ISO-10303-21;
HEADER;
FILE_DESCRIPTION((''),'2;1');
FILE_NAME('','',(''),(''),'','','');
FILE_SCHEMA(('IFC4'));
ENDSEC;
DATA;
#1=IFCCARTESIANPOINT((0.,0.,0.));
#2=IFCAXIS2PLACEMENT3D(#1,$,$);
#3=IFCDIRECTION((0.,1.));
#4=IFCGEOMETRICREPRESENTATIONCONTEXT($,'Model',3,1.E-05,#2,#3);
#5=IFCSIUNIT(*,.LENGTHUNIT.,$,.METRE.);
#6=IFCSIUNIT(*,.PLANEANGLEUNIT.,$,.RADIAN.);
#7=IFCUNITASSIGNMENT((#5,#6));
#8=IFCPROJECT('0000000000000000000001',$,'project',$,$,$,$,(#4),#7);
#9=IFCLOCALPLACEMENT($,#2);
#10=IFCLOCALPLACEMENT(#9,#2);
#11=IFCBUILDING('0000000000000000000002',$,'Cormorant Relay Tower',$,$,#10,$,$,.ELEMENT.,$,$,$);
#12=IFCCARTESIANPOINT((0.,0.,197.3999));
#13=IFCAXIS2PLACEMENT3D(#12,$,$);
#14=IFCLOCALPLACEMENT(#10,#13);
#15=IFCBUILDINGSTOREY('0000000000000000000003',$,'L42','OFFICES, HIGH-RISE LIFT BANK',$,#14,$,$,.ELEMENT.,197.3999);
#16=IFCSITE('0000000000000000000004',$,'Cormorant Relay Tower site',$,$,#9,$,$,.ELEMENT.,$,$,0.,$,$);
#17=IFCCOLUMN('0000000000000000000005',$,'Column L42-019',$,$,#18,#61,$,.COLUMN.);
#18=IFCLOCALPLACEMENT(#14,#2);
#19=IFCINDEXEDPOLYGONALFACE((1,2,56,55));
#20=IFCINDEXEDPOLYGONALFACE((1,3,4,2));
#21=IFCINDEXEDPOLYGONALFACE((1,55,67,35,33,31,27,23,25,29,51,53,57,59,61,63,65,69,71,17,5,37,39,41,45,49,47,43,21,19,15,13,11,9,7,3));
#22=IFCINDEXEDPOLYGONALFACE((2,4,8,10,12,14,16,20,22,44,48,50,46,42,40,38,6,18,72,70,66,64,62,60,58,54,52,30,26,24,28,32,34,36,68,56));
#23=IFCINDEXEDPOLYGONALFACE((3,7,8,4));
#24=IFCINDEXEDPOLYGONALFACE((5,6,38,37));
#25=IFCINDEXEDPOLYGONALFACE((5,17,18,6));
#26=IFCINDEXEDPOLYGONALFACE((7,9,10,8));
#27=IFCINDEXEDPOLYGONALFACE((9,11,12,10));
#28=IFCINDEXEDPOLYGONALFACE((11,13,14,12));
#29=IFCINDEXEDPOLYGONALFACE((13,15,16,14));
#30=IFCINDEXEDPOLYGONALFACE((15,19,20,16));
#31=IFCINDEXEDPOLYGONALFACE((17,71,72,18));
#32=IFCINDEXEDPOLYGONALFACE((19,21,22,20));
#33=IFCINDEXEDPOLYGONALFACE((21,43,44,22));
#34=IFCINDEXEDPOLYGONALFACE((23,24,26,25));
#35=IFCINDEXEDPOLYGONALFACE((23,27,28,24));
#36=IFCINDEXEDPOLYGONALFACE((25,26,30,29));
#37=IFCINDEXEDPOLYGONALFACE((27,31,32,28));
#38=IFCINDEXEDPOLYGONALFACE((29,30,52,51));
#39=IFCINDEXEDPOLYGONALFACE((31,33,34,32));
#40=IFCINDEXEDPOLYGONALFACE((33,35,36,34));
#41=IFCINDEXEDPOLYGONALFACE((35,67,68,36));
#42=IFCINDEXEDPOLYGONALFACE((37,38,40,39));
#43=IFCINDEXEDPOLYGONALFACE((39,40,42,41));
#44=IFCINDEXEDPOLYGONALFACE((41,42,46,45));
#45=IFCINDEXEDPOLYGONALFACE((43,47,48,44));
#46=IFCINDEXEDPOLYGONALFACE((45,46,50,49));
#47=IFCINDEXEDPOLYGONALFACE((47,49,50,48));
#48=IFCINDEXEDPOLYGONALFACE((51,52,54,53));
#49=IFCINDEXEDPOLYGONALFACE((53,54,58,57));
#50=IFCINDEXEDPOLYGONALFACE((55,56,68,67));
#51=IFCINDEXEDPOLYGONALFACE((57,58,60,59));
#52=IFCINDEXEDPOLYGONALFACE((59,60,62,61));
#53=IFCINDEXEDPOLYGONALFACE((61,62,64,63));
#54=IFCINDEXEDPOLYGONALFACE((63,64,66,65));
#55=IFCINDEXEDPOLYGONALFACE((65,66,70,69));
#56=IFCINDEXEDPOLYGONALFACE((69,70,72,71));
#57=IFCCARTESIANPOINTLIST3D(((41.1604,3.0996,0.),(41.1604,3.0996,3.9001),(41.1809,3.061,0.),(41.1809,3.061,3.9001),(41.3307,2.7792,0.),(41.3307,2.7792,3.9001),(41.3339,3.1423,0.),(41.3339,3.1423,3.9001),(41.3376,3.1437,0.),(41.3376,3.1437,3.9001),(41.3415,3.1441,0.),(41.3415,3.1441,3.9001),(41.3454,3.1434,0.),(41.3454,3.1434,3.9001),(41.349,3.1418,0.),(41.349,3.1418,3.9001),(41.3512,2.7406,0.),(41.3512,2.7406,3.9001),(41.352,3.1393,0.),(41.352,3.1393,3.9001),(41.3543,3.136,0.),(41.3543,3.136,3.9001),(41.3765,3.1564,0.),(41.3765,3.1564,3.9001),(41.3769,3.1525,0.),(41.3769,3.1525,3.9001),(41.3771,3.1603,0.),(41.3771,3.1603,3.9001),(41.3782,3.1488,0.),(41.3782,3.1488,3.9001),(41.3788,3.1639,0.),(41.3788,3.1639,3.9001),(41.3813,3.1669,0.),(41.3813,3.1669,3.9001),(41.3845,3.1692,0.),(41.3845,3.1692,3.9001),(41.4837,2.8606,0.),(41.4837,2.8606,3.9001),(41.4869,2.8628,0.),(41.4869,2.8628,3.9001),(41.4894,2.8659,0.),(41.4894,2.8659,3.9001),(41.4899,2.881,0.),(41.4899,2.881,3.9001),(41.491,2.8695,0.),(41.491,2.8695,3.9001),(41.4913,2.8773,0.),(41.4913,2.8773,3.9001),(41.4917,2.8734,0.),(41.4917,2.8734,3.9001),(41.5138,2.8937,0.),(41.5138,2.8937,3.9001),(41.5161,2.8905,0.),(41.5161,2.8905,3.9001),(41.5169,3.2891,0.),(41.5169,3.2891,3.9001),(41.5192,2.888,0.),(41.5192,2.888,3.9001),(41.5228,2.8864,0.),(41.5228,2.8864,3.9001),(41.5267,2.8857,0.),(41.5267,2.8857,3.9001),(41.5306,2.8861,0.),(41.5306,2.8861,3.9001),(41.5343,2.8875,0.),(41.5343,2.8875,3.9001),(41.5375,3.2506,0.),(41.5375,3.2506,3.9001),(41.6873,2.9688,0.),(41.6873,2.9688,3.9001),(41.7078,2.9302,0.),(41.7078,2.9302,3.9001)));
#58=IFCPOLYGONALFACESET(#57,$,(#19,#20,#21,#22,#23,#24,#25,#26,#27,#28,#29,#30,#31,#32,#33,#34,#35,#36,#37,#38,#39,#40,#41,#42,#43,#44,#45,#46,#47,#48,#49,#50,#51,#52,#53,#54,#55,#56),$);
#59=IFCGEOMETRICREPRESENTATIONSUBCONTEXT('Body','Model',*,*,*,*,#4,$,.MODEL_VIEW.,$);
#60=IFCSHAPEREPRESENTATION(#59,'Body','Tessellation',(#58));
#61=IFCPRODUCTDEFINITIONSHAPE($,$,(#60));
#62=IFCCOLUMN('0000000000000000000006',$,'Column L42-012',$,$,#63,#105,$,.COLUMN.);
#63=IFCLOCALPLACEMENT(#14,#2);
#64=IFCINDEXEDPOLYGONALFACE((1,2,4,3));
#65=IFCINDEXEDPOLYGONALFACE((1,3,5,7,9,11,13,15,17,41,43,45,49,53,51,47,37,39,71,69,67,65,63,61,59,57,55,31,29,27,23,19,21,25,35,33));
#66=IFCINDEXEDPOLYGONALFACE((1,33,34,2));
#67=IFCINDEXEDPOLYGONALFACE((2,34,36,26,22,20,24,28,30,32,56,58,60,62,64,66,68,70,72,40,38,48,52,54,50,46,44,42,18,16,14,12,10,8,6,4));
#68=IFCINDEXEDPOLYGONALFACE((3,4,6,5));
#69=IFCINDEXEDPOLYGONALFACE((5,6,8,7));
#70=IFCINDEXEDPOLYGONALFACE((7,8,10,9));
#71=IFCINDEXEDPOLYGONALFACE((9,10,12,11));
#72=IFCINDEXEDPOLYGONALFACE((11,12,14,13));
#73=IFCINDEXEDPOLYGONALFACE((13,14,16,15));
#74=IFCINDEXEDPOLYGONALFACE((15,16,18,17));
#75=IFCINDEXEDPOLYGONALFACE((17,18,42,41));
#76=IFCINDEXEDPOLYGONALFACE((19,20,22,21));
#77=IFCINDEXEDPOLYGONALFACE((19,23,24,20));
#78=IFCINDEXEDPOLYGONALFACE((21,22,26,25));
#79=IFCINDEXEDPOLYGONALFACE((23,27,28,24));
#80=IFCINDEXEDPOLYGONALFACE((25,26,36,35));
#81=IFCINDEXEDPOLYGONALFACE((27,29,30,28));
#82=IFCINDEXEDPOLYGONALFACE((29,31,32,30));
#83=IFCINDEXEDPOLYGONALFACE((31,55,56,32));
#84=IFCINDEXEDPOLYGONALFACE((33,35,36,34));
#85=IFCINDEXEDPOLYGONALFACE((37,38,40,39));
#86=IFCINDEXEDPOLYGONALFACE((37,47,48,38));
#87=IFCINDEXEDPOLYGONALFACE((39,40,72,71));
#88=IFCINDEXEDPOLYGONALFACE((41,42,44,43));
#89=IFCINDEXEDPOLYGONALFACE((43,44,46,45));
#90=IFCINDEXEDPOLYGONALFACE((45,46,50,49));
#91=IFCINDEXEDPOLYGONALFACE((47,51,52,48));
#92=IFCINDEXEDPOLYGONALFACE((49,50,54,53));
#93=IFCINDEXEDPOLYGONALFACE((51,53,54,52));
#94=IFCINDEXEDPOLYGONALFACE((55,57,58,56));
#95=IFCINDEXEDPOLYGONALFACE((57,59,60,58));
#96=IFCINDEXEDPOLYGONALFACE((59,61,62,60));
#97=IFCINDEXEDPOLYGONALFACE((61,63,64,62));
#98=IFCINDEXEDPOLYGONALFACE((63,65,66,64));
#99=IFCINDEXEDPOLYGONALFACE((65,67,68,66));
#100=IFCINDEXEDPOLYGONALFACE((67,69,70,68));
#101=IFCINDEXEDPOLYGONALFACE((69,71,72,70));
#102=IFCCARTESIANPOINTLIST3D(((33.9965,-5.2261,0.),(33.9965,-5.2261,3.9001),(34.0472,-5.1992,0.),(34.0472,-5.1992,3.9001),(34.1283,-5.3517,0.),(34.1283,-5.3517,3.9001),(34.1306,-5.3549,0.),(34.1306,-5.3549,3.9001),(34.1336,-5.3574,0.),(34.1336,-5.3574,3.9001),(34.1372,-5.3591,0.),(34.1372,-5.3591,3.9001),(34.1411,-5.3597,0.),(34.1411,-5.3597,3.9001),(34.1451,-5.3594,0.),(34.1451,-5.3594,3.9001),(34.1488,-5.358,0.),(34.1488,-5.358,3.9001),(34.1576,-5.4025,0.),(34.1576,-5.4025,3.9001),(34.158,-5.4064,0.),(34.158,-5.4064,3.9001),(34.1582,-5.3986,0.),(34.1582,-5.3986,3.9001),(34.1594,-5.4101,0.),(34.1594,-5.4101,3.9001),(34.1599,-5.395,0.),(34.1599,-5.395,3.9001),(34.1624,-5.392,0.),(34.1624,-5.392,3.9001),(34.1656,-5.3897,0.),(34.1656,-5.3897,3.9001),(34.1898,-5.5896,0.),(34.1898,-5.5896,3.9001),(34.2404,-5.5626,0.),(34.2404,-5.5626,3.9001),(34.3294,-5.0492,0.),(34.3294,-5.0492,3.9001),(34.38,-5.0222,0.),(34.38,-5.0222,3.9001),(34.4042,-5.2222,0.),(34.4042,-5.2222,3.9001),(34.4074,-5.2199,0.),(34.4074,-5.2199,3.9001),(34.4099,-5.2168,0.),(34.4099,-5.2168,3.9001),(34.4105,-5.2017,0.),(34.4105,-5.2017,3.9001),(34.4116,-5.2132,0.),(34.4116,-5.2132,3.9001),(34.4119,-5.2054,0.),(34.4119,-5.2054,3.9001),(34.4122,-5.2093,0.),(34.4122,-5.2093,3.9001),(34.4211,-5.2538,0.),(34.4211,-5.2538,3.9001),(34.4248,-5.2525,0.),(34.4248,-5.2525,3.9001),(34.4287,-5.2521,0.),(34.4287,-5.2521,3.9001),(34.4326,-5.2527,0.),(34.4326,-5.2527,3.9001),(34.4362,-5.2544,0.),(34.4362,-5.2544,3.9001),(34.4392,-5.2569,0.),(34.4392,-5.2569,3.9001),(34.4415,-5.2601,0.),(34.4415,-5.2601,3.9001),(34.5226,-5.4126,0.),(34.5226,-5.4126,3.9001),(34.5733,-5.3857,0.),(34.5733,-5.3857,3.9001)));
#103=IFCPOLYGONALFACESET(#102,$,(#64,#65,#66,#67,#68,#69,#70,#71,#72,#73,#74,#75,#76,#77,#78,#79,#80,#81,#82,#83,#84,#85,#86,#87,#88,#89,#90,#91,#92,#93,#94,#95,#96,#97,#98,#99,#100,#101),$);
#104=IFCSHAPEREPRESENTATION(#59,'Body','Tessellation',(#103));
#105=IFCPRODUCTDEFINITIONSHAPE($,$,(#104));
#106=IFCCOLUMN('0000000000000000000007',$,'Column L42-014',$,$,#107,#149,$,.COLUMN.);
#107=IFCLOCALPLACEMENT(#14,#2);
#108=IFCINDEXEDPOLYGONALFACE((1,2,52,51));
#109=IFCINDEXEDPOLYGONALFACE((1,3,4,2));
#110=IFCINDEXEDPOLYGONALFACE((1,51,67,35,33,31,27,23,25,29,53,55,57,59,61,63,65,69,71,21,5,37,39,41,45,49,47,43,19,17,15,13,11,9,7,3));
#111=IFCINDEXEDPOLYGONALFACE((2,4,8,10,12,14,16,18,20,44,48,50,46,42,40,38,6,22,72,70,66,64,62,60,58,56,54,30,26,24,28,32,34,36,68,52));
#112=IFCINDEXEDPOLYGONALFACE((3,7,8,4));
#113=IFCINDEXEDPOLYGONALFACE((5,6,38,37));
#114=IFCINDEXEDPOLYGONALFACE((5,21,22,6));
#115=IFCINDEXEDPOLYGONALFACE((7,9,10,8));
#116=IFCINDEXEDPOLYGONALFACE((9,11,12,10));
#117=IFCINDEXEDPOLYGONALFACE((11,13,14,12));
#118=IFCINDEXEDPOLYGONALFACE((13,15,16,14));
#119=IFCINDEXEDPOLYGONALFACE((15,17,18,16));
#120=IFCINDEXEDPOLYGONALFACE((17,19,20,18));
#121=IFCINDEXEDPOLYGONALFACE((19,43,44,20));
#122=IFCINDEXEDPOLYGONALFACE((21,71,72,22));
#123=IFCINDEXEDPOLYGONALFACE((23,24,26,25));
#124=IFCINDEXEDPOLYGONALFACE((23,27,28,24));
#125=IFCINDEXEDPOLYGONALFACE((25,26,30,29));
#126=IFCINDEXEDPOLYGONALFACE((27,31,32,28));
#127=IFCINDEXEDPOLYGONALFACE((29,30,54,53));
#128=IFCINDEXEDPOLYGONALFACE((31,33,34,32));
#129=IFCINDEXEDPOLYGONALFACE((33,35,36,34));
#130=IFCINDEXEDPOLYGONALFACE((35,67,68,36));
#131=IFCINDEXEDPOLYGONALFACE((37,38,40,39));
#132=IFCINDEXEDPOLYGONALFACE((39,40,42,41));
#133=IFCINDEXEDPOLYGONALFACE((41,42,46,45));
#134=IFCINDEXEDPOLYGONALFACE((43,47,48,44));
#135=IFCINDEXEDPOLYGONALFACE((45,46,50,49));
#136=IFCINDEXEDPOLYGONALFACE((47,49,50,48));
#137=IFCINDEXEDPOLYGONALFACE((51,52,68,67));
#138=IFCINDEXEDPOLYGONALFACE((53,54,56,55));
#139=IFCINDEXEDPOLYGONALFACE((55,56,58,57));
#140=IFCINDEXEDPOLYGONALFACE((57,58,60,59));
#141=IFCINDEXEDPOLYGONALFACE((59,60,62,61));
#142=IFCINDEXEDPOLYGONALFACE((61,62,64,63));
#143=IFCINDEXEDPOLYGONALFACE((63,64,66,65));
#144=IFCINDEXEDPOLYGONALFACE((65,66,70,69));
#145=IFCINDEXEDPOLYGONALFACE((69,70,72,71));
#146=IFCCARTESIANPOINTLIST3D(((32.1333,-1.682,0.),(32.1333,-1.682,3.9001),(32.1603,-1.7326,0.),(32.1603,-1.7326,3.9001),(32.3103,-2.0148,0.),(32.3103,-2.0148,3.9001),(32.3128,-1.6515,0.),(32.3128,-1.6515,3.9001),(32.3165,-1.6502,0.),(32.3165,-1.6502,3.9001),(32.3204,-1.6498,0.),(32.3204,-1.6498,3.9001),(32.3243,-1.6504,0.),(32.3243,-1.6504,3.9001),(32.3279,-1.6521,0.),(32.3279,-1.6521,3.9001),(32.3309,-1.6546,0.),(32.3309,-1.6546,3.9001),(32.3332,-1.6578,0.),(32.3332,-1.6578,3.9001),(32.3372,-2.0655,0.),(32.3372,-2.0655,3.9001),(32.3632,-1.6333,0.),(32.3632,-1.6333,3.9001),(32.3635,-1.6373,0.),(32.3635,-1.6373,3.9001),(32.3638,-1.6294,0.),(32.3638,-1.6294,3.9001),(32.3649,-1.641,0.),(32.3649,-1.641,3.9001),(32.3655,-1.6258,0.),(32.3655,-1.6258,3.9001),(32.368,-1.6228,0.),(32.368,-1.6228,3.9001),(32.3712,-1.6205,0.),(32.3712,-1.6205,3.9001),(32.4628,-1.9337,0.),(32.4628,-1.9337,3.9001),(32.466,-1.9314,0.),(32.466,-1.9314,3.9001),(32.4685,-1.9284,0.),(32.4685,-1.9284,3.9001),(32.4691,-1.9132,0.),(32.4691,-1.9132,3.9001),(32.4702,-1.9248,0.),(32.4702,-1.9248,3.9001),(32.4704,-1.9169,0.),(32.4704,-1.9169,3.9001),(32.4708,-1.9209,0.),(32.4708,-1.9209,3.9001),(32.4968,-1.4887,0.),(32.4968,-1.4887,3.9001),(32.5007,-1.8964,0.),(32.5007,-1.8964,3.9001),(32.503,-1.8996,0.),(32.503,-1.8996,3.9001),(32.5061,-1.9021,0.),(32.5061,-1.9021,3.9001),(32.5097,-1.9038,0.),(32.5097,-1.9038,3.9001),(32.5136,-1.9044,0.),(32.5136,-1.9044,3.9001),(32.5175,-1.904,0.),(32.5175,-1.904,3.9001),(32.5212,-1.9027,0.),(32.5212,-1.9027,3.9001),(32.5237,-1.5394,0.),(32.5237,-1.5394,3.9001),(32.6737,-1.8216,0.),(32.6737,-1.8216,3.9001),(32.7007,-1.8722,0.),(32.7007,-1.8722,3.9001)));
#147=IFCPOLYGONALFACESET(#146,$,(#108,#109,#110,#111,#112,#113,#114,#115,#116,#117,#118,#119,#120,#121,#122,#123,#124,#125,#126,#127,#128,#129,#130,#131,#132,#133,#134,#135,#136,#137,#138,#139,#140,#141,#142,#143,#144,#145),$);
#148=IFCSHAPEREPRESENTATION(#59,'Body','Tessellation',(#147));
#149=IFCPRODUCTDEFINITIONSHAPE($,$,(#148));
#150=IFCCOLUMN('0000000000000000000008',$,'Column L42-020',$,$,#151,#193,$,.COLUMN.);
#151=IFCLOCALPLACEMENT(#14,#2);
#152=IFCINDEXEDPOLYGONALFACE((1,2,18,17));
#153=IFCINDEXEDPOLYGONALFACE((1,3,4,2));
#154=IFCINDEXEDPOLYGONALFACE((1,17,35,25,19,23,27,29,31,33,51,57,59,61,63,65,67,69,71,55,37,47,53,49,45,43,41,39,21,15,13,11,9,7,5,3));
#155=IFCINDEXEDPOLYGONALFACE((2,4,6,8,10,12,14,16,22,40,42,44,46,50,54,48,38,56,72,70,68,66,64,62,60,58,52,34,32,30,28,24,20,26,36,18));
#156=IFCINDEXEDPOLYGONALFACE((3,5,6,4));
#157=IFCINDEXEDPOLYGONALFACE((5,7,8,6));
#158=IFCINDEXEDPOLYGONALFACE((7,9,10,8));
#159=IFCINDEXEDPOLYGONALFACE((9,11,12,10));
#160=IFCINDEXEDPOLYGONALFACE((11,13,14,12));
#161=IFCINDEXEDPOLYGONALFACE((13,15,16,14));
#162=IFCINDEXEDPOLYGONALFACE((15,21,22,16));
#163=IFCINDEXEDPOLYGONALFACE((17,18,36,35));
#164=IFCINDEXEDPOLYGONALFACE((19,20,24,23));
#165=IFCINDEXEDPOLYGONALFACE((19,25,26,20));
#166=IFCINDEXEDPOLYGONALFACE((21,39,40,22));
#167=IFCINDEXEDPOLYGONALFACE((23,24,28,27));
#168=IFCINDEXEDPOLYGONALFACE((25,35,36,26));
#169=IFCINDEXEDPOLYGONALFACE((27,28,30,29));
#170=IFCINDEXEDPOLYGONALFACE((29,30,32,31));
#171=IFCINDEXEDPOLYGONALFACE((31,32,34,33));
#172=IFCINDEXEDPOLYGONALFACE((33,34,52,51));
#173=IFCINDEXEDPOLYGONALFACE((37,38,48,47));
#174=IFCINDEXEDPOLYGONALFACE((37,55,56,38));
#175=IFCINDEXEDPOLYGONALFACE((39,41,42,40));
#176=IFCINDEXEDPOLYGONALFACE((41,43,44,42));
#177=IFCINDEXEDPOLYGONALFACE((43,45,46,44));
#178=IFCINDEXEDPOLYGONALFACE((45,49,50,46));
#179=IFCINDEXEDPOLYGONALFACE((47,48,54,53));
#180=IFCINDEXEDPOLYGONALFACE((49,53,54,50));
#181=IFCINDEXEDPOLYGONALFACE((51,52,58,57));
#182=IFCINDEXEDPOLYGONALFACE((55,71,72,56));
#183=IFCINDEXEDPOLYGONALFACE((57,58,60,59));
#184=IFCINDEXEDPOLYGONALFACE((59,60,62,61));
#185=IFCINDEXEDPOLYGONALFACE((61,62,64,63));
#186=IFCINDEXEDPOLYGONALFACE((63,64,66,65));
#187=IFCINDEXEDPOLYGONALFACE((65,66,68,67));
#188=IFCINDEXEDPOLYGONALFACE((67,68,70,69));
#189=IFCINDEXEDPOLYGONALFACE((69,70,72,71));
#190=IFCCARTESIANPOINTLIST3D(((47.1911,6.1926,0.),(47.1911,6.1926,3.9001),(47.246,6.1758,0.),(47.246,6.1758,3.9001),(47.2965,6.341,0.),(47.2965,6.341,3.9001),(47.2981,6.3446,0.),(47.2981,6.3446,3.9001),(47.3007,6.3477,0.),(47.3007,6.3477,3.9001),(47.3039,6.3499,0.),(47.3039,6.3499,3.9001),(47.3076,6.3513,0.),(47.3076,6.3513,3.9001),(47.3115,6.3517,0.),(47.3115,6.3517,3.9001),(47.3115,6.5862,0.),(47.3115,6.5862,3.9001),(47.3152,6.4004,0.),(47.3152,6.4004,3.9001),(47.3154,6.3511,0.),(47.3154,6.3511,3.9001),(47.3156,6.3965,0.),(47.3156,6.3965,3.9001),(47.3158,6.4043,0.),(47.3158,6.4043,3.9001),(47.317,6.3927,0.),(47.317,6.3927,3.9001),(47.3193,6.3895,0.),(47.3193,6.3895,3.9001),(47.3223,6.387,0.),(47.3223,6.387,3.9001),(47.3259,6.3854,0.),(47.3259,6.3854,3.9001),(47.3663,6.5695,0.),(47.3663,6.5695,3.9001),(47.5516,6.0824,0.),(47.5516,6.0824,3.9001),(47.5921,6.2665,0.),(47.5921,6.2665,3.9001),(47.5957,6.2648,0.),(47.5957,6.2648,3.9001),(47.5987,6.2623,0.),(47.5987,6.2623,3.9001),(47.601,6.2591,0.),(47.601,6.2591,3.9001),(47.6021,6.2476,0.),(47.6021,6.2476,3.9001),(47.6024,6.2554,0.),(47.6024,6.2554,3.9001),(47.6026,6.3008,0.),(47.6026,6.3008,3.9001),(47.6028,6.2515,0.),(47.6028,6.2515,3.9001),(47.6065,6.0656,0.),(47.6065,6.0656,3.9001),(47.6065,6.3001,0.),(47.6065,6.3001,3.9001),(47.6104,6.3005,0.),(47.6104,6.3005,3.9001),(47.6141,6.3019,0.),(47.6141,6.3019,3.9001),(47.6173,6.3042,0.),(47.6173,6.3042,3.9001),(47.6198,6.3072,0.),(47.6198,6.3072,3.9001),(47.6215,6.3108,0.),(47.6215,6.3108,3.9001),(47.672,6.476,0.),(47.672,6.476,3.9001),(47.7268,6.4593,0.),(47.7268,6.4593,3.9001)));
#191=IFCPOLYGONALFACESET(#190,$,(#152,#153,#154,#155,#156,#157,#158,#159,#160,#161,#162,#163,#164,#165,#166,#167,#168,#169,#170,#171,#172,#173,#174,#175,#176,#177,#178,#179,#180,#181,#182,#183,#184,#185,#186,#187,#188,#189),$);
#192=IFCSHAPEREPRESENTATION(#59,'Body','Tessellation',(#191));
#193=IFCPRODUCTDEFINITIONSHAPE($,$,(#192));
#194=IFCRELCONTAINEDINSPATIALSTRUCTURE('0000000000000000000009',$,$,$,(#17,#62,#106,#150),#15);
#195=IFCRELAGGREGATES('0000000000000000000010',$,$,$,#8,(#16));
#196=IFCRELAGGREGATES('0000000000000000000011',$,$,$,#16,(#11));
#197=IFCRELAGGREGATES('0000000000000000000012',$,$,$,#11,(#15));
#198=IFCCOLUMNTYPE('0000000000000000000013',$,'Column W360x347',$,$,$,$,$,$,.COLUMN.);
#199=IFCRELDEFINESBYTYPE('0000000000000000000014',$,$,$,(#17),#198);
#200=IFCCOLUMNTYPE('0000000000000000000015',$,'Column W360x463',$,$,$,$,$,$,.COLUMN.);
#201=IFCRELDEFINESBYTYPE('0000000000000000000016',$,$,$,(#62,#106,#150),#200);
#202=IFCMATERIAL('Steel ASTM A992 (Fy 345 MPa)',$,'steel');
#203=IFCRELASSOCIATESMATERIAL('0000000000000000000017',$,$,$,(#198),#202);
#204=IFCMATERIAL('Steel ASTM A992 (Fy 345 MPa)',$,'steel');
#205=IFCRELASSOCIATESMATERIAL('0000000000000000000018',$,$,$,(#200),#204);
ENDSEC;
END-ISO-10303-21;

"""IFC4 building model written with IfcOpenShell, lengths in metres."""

from ifc_helpers import new_model, si_unit, direction, frame, origin, origin_2d, place, context, subcontext, project, spatial, i_section, extrude, material, material_profile, profile_set, type_object, element, save


model = new_model("IFC4")

# Units and contexts
model_context = context("Model", 3, precision=1e-05, world=origin(), true_north=direction((0.0, 1.0)))
body_context = subcontext(model_context, "Body", "Model", "MODEL_VIEW")
ifc_project = project(units=[si_unit("LENGTHUNIT", "METRE"), si_unit("PLANEANGLEUNIT", "RADIAN")], contexts=[model_context])

# Site, building, storey
site_placement = place(None, origin())
site = spatial("IfcSite", under=ifc_project, at=site_placement, Name="Cormorant Relay Tower site", CompositionType="ELEMENT", RefElevation=0.0)
building_placement = place(site_placement, origin())
building = spatial("IfcBuilding", under=site, at=building_placement, Name="Cormorant Relay Tower", CompositionType="ELEMENT")
storey_placement = place(building_placement, frame((0.0, 0.0, 197.3999)))
storey = spatial("IfcBuildingStorey", under=building, at=storey_placement, Name="L42", Description="OFFICES, HIGH-RISE LIFT BANK", CompositionType="ELEMENT", Elevation=197.3999)

# Columns
ifc_material_1 = material(Name="Steel ASTM A992 (Fy 345 MPa)", Category="steel")
ifc_material_profile_1 = material_profile(ifc_material_1, i_section(OverallWidth=0.4038, OverallDepth=0.4065, WebThickness=0.0271, FlangeThickness=0.0437, FilletRadius=0.0151, at=origin_2d()), Name="W360x347")
ifc_profile_set_1 = profile_set([ifc_material_profile_1], Name="Steel ASTM A992 (Fy 345 MPa)")
column_type_1 = type_object("IfcColumnType", Name="Column W360x347", PredefinedType="COLUMN", material=ifc_profile_set_1)
column_placement = place(storey_placement, frame((41.4341, 3.0149, 0.0), z_axis=(0.0, 0.0, 1.0), x_axis=(0.882948, 0.469472, 0.0)))
element("IfcColumn", 1, at=column_placement, inside=storey, type_object=column_type_1, Name="Column L42-019", PredefinedType="COLUMN", context=body_context, shape_type="SweptSolid", body=[
    extrude(i_section(OverallWidth=0.4038, OverallDepth=0.4065, WebThickness=0.0271, FlangeThickness=0.0437, FilletRadius=0.0151, at=origin_2d()), origin(), (0.0, 0.0, 1.0), 3.9001),
])
ifc_material_2 = material(Name="Steel ASTM A992 (Fy 345 MPa)", Category="steel")
ifc_material_profile_2 = material_profile(ifc_material_2, i_section(OverallWidth=0.4116, OverallDepth=0.4343, WebThickness=0.0359, FlangeThickness=0.0574, FilletRadius=0.0151, at=origin_2d()), Name="W360x463")
ifc_profile_set_2 = profile_set([ifc_material_profile_2], Name="Steel ASTM A992 (Fy 345 MPa)")
column_type_2 = type_object("IfcColumnType", Name="Column W360x463", PredefinedType="COLUMN", material=ifc_profile_set_2)
for number, where, z_axis, x_axis, name in (
    (2, (34.2849, -5.3059, 0.0), (0.0, 0.0, 1.0), (-0.469472, 0.882948, 0.0), "Column L42-012"),
    (3, (32.417, -1.7771, 0.0), (0.0, 0.0, 1.0), (0.882948, 0.469472, 0.0), "Column L42-014"),
    (4, (47.459, 6.3259, 0.0), (0.0, 0.0, 1.0), (0.292372, 0.956305, 0.0), "Column L42-020"),
):
    element("IfcColumn", number, at=place(storey_placement, frame(where, z_axis=z_axis, x_axis=x_axis)), inside=storey, type_object=column_type_2, Name=name, PredefinedType="COLUMN", context=body_context, shape_type="SweptSolid", body=[
        extrude(i_section(OverallWidth=0.4116, OverallDepth=0.4343, WebThickness=0.0359, FlangeThickness=0.0574, FilletRadius=0.0151, at=origin_2d()), origin(), (0.0, 0.0, 1.0), 3.9001),
    ])

save(model, "model.ifc")
